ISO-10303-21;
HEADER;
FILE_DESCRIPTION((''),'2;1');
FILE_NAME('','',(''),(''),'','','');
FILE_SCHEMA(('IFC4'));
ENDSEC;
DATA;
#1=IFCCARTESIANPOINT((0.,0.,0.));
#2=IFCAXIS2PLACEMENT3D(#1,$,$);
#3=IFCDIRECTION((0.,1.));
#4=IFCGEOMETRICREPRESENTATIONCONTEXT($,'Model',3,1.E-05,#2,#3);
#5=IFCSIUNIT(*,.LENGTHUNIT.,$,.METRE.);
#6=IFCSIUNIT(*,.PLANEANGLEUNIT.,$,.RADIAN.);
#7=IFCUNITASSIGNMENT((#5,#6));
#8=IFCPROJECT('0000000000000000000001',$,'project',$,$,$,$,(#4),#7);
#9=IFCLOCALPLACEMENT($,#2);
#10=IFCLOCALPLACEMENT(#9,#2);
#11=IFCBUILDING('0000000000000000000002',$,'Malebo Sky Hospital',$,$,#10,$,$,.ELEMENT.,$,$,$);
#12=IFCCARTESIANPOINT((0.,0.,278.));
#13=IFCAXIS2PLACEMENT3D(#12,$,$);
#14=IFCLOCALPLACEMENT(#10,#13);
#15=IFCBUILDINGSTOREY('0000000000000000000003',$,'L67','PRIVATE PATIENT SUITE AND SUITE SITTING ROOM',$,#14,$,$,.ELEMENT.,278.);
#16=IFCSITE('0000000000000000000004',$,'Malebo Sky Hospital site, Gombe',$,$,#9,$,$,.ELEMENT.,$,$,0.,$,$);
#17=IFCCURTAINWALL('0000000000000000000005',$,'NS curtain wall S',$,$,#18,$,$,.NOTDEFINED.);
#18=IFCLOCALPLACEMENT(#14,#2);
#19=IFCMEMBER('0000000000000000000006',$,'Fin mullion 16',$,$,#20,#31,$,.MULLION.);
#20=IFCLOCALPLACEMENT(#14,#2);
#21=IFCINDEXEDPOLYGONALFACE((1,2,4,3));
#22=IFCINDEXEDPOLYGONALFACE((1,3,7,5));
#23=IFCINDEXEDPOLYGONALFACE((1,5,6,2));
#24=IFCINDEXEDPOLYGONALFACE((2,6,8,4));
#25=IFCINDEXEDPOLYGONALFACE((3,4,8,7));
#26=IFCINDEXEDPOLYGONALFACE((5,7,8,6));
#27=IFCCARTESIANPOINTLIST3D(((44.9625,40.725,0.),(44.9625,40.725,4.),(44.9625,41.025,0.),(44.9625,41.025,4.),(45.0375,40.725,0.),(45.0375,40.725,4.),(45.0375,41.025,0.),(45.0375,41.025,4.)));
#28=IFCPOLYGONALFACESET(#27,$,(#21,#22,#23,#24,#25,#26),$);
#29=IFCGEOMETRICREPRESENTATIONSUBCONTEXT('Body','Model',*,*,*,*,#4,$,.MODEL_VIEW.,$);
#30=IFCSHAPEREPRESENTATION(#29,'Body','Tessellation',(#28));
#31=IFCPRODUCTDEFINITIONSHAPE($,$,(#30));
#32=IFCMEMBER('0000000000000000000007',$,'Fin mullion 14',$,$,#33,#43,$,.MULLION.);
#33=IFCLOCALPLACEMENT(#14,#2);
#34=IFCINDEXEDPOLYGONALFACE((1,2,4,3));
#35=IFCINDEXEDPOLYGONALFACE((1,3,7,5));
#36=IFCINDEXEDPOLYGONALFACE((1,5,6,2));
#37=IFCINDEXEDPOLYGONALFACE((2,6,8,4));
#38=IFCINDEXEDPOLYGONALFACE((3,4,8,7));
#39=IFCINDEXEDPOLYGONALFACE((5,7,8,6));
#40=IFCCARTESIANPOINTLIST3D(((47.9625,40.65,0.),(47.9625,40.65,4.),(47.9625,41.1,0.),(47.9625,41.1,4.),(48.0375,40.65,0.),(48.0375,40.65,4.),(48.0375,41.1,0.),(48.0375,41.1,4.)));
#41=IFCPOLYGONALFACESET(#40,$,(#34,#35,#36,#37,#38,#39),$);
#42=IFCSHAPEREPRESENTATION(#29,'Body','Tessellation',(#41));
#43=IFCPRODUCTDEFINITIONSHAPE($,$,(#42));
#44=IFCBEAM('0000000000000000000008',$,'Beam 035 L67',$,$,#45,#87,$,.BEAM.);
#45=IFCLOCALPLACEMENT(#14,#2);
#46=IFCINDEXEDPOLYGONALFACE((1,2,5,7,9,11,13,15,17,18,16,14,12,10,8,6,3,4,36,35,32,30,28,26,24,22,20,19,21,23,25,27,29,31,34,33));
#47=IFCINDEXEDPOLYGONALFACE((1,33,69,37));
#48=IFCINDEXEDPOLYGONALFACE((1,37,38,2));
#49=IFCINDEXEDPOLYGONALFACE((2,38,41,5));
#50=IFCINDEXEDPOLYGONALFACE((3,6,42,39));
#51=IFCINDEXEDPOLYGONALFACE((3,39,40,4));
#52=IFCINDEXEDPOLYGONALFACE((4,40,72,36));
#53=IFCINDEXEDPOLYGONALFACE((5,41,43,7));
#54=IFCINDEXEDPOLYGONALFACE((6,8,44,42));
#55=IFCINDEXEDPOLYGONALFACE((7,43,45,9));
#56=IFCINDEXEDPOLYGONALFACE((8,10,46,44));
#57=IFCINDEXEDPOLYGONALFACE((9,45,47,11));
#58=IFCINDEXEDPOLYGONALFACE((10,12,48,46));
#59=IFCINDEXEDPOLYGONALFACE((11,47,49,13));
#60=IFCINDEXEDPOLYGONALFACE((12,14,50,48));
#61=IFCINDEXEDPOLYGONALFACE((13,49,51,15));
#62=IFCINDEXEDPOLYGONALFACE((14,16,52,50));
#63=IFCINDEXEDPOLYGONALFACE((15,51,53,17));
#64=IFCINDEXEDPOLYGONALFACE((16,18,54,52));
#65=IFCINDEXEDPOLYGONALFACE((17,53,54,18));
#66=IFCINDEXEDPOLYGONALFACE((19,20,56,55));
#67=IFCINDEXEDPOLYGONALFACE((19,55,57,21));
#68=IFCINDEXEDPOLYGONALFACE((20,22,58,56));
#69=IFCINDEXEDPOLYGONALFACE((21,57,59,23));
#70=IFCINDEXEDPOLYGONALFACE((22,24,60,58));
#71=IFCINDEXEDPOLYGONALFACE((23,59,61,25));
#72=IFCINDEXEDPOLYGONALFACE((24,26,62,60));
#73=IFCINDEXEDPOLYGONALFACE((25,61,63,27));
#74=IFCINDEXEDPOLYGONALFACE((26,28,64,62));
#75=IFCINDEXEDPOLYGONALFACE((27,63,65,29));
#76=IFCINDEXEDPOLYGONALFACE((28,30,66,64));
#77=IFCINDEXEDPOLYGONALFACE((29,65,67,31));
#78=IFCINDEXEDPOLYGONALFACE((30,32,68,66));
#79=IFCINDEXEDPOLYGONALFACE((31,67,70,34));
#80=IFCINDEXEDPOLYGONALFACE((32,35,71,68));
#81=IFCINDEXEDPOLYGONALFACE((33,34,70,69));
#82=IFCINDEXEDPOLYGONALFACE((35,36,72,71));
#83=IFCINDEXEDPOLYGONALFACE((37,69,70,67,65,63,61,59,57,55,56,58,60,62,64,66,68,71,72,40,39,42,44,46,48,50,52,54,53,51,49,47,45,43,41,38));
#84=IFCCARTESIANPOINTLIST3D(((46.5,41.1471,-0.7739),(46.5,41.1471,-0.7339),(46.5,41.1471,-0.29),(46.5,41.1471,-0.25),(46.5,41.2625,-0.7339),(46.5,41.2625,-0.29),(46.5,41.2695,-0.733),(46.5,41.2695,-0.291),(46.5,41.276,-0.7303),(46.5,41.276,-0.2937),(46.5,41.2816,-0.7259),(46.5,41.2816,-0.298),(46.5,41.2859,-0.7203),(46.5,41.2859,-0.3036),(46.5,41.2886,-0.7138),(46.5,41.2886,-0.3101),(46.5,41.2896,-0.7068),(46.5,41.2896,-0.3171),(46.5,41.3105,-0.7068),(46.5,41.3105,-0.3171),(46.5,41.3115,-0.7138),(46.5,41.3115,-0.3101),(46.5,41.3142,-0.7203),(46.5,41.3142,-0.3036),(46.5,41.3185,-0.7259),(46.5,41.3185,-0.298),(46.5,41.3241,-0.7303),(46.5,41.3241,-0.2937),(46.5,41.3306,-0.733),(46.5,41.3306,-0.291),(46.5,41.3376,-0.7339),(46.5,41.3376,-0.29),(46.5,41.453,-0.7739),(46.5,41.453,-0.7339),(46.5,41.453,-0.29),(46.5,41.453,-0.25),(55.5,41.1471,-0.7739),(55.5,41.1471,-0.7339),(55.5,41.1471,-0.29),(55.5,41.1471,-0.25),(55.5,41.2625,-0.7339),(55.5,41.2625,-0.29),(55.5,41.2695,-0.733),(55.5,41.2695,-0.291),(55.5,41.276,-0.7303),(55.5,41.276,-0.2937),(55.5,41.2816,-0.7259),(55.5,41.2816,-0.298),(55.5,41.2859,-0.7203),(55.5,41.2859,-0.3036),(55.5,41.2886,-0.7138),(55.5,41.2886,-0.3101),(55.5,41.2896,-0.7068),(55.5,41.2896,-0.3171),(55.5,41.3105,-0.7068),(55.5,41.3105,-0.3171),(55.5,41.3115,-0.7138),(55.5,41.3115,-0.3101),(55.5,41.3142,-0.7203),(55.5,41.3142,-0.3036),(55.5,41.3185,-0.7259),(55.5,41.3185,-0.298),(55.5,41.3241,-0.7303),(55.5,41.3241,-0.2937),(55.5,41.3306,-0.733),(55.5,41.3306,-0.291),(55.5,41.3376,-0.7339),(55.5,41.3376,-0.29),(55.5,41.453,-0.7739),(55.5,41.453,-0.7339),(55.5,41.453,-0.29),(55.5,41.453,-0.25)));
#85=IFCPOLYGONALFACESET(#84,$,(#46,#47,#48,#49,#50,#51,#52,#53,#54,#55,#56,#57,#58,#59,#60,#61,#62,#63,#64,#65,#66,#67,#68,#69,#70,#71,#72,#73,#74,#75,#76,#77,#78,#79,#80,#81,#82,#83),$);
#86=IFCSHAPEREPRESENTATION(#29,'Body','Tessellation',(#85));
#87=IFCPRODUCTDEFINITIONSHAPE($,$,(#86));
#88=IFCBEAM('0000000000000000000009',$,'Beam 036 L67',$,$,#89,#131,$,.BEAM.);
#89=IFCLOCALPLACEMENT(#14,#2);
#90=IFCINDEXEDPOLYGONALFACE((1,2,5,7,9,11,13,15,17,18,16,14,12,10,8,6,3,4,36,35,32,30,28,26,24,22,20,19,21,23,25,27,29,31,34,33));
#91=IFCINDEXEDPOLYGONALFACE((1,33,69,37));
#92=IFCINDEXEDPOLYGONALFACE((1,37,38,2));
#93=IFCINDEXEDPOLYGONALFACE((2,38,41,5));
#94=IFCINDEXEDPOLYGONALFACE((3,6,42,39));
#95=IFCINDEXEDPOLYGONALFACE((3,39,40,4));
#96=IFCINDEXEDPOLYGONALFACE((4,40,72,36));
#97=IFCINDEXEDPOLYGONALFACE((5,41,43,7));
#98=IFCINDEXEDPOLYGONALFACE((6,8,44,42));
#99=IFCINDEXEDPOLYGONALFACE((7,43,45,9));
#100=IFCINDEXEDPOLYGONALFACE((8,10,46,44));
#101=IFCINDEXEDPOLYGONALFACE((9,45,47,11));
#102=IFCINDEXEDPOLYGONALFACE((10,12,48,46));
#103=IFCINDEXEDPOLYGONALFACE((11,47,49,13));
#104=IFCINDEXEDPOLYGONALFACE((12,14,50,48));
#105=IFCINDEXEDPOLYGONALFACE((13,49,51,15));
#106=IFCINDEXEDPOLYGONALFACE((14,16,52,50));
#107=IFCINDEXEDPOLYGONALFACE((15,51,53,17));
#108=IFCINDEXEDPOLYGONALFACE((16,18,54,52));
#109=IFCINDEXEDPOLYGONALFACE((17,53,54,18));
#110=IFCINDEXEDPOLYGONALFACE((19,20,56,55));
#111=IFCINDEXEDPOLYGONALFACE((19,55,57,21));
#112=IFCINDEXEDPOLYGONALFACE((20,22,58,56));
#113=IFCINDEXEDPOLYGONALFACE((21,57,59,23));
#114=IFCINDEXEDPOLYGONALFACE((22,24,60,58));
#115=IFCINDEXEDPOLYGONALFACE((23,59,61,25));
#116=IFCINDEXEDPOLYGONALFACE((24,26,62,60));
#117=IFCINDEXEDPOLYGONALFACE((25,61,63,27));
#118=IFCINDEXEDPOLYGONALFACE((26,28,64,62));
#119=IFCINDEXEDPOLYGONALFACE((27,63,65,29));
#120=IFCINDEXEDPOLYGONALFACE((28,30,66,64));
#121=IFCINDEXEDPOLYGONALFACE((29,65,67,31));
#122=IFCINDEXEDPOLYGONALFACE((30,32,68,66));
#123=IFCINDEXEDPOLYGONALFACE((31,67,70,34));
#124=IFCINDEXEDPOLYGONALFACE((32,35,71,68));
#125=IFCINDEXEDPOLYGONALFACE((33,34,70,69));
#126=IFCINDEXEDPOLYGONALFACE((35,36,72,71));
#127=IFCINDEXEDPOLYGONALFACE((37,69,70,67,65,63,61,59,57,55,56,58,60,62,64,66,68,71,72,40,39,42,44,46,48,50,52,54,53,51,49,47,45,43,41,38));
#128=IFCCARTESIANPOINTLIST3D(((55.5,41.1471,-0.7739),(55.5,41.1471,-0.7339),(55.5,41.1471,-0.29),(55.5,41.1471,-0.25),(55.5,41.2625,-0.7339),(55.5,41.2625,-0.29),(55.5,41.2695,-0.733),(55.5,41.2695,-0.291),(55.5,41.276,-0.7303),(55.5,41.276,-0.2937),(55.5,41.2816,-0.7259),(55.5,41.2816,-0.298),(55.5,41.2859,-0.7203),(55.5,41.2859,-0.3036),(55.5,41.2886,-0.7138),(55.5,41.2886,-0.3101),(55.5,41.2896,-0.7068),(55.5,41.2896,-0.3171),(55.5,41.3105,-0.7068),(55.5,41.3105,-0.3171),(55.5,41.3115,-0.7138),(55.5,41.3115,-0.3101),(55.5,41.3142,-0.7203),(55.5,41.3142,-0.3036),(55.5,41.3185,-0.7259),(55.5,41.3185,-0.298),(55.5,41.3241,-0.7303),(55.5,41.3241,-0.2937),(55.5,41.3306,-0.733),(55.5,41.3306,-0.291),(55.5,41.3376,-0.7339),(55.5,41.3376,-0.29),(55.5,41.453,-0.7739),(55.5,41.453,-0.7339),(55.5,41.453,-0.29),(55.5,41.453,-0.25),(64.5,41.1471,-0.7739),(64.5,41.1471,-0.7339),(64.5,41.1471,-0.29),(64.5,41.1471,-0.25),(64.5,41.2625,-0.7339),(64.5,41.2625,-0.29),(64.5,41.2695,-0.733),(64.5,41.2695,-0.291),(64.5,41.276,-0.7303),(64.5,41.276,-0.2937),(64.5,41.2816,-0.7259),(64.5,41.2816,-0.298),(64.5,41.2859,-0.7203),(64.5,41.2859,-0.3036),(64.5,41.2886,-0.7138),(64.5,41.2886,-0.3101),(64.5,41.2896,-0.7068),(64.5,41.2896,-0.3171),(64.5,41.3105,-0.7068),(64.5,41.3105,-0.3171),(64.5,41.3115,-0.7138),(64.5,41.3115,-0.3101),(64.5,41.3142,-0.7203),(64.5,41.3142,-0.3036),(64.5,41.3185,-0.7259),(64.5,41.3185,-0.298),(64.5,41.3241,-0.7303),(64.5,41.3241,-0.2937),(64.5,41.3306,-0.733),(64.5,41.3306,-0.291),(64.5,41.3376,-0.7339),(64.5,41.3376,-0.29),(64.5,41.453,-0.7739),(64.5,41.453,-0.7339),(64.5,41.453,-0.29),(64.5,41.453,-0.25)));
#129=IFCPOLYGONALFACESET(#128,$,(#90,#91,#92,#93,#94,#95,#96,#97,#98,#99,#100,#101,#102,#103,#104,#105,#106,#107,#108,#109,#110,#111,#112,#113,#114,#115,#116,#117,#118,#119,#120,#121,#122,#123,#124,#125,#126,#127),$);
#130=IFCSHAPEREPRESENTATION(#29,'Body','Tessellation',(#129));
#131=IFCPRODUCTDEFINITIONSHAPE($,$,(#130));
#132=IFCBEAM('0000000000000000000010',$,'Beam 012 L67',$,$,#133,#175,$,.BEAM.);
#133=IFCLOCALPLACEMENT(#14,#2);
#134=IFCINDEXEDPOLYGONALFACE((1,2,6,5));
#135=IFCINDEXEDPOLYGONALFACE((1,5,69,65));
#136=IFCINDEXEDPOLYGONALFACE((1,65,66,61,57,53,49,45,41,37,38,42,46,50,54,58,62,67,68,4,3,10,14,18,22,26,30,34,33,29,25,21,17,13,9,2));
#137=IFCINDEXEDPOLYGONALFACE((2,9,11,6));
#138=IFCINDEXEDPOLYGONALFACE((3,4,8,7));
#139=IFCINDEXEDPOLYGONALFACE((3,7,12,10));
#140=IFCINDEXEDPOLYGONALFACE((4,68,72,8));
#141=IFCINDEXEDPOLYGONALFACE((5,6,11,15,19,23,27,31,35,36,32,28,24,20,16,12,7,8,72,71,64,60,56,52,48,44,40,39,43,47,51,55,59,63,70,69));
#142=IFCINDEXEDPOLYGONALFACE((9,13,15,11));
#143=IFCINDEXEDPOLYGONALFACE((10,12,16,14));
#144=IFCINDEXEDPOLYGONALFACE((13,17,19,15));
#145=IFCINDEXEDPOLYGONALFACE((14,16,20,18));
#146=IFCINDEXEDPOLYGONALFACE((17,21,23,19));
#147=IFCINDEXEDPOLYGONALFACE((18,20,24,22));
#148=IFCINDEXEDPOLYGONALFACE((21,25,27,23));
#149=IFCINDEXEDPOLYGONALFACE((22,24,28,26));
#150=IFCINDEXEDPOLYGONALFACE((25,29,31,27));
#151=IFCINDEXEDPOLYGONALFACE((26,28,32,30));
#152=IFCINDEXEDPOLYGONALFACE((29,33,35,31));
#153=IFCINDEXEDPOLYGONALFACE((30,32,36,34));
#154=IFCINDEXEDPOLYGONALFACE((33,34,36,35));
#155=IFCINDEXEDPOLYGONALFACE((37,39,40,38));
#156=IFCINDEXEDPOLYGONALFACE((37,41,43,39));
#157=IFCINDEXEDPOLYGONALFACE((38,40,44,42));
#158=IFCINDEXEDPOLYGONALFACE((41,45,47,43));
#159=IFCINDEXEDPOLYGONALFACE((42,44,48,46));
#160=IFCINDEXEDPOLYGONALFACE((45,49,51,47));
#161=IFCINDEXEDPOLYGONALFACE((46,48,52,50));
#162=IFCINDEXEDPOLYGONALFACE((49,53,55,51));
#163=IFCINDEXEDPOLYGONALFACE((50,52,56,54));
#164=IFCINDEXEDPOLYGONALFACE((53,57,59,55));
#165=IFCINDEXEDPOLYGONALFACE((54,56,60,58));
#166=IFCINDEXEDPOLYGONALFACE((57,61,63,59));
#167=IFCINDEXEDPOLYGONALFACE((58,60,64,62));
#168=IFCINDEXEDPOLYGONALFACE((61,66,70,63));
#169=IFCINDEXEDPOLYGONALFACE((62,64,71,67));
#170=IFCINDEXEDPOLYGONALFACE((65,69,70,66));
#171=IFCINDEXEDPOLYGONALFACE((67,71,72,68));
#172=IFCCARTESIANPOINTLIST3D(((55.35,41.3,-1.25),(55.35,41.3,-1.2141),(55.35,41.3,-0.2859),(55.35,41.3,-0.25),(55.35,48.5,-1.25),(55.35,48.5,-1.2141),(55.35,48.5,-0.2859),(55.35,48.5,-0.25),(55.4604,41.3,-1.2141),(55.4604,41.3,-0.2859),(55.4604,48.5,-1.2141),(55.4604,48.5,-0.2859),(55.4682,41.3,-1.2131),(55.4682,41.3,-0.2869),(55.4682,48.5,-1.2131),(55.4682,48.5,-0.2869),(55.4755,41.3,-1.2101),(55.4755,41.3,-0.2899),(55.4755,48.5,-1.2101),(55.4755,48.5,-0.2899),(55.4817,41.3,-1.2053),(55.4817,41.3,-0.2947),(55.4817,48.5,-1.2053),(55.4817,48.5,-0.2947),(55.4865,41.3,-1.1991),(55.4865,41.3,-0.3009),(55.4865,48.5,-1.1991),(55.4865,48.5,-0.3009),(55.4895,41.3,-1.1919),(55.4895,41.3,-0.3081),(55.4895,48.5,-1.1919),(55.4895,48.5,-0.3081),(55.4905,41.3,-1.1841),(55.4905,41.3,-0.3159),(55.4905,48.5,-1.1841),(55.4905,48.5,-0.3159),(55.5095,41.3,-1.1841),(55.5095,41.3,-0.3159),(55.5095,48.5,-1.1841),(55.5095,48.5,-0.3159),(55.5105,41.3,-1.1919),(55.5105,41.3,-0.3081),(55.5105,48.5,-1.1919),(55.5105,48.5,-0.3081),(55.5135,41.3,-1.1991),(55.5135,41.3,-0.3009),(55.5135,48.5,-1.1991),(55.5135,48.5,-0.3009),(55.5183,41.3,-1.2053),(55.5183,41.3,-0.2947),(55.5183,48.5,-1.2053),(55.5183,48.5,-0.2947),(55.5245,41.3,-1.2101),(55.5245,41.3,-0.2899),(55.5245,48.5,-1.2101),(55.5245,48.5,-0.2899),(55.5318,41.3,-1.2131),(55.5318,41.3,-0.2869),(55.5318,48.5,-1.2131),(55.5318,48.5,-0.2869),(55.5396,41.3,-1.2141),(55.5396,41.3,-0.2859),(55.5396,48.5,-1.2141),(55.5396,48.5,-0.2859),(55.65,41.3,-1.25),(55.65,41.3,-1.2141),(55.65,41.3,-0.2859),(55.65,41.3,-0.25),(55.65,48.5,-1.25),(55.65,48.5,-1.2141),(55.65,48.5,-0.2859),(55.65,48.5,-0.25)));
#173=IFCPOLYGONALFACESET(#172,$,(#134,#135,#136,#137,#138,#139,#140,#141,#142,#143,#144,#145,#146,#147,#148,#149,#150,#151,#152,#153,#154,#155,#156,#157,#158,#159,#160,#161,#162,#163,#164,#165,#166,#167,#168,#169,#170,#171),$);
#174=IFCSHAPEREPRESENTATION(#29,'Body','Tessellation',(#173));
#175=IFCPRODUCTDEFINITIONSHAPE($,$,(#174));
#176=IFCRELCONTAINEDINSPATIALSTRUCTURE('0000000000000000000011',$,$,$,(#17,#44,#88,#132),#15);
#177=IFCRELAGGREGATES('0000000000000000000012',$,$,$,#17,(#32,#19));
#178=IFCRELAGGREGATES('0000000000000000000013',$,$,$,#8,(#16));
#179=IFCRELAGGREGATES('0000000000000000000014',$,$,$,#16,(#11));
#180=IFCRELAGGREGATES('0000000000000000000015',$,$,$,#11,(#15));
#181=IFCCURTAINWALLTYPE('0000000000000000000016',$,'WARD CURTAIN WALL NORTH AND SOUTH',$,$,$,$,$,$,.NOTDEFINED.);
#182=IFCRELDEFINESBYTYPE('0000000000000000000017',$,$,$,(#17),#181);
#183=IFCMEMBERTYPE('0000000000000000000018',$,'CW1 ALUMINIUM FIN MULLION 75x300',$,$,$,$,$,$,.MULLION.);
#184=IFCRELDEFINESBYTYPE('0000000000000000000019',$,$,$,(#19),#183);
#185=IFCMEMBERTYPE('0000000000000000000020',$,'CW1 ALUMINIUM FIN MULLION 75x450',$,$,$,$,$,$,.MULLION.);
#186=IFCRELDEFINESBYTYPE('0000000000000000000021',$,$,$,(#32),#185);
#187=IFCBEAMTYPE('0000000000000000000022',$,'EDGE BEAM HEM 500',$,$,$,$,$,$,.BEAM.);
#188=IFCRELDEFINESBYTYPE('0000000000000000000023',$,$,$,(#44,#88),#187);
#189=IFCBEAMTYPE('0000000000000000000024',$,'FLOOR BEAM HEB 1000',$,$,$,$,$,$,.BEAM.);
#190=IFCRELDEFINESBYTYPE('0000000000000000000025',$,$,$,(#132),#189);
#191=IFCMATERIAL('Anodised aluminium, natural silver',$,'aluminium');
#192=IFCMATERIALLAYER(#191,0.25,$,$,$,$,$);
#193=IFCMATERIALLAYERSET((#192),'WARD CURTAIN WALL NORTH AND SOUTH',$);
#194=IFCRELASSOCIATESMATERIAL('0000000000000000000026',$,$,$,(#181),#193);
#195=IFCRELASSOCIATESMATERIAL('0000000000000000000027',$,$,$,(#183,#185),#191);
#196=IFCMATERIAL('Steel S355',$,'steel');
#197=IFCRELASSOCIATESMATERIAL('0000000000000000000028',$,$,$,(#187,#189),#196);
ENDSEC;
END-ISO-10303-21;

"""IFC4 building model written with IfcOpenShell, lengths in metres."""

from ifc_helpers import new_model, si_unit, direction, frame, origin, origin_2d, place, context, subcontext, project, spatial, rectangle, i_section, extrude, material, layer, layer_set, material_profile, profile_set, type_object, element, aggregate, save


model = new_model("IFC4")

# Units and contexts
model_context = context("Model", 3, precision=1e-05, world=origin(), true_north=direction((0.0, 1.0)))
body_context = subcontext(model_context, "Body", "Model", "MODEL_VIEW")
ifc_project = project(units=[si_unit("LENGTHUNIT", "METRE"), si_unit("PLANEANGLEUNIT", "RADIAN")], contexts=[model_context])

# Site, building, storey
site_placement = place(None, origin())
site = spatial("IfcSite", under=ifc_project, at=site_placement, Name="Malebo Sky Hospital site, Gombe", CompositionType="ELEMENT", RefElevation=0.0)
building_placement = place(site_placement, origin())
building = spatial("IfcBuilding", under=site, at=building_placement, Name="Malebo Sky Hospital", CompositionType="ELEMENT")
storey_placement = place(building_placement, frame((0.0, 0.0, 278.0)))
storey = spatial("IfcBuildingStorey", under=building, at=storey_placement, Name="L67", Description="PRIVATE PATIENT SUITE AND SUITE SITTING ROOM", CompositionType="ELEMENT", Elevation=278.0)

# Curtain wall
ifc_material_1 = material(Name="Anodised aluminium, natural silver", Category="aluminium")
ifc_layer_1 = layer(ifc_material_1, 0.25)
ifc_layer_set_1 = layer_set([ifc_layer_1], Name="WARD CURTAIN WALL NORTH AND SOUTH")
curtain_wall_type = type_object("IfcCurtainWallType", Name="WARD CURTAIN WALL NORTH AND SOUTH", PredefinedType="NOTDEFINED", material=ifc_layer_set_1)
curtain_wall_placement = place(storey_placement, origin())
curtain_wall = element("IfcCurtainWall", 1, at=curtain_wall_placement, inside=storey, type_object=curtain_wall_type, Name="NS curtain wall S", PredefinedType="NOTDEFINED")

# Members
ifc_material_2 = material(Name="Steel S355", Category="steel")
ifc_material_profile_1 = material_profile(ifc_material_1, rectangle(XDim=0.075, YDim=0.3, at=origin_2d()), Name="CW1 ALUMINIUM FIN MULLION 75x300")
ifc_profile_set_1 = profile_set([ifc_material_profile_1], Name="Anodised aluminium, natural silver")
member_type_1 = type_object("IfcMemberType", Name="CW1 ALUMINIUM FIN MULLION 75x300", PredefinedType="MULLION", material=ifc_profile_set_1)
member_1_placement = place(storey_placement, frame((45.0, 40.875, 0.0), z_axis=(0.0, 0.0, 1.0), x_axis=(-1.0, 0.0, 0.0)))
member_1 = element("IfcMember", 2, at=member_1_placement, type_object=member_type_1, Name="Fin mullion 16", PredefinedType="MULLION", context=body_context, shape_type="SweptSolid", body=[
    extrude(rectangle(XDim=0.075, YDim=0.3, at=origin_2d()), origin(), (0.0, 0.0, 1.0), 4.0),
])
ifc_material_profile_2 = material_profile(ifc_material_1, rectangle(XDim=0.075, YDim=0.45, at=origin_2d()), Name="CW1 ALUMINIUM FIN MULLION 75x450")
ifc_profile_set_2 = profile_set([ifc_material_profile_2], Name="Anodised aluminium, natural silver")
member_type_2 = type_object("IfcMemberType", Name="CW1 ALUMINIUM FIN MULLION 75x450", PredefinedType="MULLION", material=ifc_profile_set_2)
member_2_placement = place(storey_placement, frame((48.0, 40.875, 0.0), z_axis=(0.0, 0.0, 1.0), x_axis=(-1.0, 0.0, 0.0)))
member_2 = element("IfcMember", 3, at=member_2_placement, type_object=member_type_2, Name="Fin mullion 14", PredefinedType="MULLION", context=body_context, shape_type="SweptSolid", body=[
    extrude(rectangle(XDim=0.075, YDim=0.45, at=origin_2d()), origin(), (0.0, 0.0, 1.0), 4.0),
])

# Beams
ifc_material_profile_3 = material_profile(ifc_material_2, i_section(OverallWidth=0.3059, OverallDepth=0.5239, WebThickness=0.021, FlangeThickness=0.04, FilletRadius=0.0271, at=origin_2d()), Name="HEM 500")
ifc_profile_set_3 = profile_set([ifc_material_profile_3], Name="Steel S355")
beam_type_1 = type_object("IfcBeamType", Name="EDGE BEAM HEM 500", PredefinedType="BEAM", material=ifc_profile_set_3)
for number, where, z_axis, x_axis, name in (
    (4, (46.5, 41.3, -0.512), (1.0, 0.0, 0.0), (0.0, 1.0, 0.0), "Beam 035 L67"),
    (5, (55.5, 41.3, -0.512), (1.0, 0.0, 0.0), (0.0, 1.0, 0.0), "Beam 036 L67"),
):
    element("IfcBeam", number, at=place(storey_placement, frame(where, z_axis=z_axis, x_axis=x_axis)), inside=storey, type_object=beam_type_1, Name=name, PredefinedType="BEAM", context=body_context, shape_type="SweptSolid", body=[
        extrude(i_section(OverallWidth=0.3059, OverallDepth=0.5239, WebThickness=0.021, FlangeThickness=0.04, FilletRadius=0.0271, at=origin_2d()), origin(), (0.0, 0.0, 1.0), 9.0),
    ])
ifc_material_profile_4 = material_profile(ifc_material_2, i_section(OverallWidth=0.3, OverallDepth=1.0, WebThickness=0.019, FlangeThickness=0.0359, FilletRadius=0.03, at=origin_2d()), Name="HEB 1000")
ifc_profile_set_4 = profile_set([ifc_material_profile_4], Name="Steel S355")
beam_type_2 = type_object("IfcBeamType", Name="FLOOR BEAM HEB 1000", PredefinedType="BEAM", material=ifc_profile_set_4)
beam_1_placement = place(storey_placement, frame((55.5, 41.3, -0.75), z_axis=(0.0, 1.0, 0.0), x_axis=(-1.0, 0.0, 0.0)))
element("IfcBeam", 6, at=beam_1_placement, inside=storey, type_object=beam_type_2, Name="Beam 012 L67", PredefinedType="BEAM", context=body_context, shape_type="SweptSolid", body=[
    extrude(i_section(OverallWidth=0.3, OverallDepth=1.0, WebThickness=0.019, FlangeThickness=0.0359, FilletRadius=0.03, at=origin_2d()), origin(), (0.0, 0.0, 1.0), 7.2),
])

aggregate(curtain_wall, [member_2, member_1])

save(model, "model.ifc")
